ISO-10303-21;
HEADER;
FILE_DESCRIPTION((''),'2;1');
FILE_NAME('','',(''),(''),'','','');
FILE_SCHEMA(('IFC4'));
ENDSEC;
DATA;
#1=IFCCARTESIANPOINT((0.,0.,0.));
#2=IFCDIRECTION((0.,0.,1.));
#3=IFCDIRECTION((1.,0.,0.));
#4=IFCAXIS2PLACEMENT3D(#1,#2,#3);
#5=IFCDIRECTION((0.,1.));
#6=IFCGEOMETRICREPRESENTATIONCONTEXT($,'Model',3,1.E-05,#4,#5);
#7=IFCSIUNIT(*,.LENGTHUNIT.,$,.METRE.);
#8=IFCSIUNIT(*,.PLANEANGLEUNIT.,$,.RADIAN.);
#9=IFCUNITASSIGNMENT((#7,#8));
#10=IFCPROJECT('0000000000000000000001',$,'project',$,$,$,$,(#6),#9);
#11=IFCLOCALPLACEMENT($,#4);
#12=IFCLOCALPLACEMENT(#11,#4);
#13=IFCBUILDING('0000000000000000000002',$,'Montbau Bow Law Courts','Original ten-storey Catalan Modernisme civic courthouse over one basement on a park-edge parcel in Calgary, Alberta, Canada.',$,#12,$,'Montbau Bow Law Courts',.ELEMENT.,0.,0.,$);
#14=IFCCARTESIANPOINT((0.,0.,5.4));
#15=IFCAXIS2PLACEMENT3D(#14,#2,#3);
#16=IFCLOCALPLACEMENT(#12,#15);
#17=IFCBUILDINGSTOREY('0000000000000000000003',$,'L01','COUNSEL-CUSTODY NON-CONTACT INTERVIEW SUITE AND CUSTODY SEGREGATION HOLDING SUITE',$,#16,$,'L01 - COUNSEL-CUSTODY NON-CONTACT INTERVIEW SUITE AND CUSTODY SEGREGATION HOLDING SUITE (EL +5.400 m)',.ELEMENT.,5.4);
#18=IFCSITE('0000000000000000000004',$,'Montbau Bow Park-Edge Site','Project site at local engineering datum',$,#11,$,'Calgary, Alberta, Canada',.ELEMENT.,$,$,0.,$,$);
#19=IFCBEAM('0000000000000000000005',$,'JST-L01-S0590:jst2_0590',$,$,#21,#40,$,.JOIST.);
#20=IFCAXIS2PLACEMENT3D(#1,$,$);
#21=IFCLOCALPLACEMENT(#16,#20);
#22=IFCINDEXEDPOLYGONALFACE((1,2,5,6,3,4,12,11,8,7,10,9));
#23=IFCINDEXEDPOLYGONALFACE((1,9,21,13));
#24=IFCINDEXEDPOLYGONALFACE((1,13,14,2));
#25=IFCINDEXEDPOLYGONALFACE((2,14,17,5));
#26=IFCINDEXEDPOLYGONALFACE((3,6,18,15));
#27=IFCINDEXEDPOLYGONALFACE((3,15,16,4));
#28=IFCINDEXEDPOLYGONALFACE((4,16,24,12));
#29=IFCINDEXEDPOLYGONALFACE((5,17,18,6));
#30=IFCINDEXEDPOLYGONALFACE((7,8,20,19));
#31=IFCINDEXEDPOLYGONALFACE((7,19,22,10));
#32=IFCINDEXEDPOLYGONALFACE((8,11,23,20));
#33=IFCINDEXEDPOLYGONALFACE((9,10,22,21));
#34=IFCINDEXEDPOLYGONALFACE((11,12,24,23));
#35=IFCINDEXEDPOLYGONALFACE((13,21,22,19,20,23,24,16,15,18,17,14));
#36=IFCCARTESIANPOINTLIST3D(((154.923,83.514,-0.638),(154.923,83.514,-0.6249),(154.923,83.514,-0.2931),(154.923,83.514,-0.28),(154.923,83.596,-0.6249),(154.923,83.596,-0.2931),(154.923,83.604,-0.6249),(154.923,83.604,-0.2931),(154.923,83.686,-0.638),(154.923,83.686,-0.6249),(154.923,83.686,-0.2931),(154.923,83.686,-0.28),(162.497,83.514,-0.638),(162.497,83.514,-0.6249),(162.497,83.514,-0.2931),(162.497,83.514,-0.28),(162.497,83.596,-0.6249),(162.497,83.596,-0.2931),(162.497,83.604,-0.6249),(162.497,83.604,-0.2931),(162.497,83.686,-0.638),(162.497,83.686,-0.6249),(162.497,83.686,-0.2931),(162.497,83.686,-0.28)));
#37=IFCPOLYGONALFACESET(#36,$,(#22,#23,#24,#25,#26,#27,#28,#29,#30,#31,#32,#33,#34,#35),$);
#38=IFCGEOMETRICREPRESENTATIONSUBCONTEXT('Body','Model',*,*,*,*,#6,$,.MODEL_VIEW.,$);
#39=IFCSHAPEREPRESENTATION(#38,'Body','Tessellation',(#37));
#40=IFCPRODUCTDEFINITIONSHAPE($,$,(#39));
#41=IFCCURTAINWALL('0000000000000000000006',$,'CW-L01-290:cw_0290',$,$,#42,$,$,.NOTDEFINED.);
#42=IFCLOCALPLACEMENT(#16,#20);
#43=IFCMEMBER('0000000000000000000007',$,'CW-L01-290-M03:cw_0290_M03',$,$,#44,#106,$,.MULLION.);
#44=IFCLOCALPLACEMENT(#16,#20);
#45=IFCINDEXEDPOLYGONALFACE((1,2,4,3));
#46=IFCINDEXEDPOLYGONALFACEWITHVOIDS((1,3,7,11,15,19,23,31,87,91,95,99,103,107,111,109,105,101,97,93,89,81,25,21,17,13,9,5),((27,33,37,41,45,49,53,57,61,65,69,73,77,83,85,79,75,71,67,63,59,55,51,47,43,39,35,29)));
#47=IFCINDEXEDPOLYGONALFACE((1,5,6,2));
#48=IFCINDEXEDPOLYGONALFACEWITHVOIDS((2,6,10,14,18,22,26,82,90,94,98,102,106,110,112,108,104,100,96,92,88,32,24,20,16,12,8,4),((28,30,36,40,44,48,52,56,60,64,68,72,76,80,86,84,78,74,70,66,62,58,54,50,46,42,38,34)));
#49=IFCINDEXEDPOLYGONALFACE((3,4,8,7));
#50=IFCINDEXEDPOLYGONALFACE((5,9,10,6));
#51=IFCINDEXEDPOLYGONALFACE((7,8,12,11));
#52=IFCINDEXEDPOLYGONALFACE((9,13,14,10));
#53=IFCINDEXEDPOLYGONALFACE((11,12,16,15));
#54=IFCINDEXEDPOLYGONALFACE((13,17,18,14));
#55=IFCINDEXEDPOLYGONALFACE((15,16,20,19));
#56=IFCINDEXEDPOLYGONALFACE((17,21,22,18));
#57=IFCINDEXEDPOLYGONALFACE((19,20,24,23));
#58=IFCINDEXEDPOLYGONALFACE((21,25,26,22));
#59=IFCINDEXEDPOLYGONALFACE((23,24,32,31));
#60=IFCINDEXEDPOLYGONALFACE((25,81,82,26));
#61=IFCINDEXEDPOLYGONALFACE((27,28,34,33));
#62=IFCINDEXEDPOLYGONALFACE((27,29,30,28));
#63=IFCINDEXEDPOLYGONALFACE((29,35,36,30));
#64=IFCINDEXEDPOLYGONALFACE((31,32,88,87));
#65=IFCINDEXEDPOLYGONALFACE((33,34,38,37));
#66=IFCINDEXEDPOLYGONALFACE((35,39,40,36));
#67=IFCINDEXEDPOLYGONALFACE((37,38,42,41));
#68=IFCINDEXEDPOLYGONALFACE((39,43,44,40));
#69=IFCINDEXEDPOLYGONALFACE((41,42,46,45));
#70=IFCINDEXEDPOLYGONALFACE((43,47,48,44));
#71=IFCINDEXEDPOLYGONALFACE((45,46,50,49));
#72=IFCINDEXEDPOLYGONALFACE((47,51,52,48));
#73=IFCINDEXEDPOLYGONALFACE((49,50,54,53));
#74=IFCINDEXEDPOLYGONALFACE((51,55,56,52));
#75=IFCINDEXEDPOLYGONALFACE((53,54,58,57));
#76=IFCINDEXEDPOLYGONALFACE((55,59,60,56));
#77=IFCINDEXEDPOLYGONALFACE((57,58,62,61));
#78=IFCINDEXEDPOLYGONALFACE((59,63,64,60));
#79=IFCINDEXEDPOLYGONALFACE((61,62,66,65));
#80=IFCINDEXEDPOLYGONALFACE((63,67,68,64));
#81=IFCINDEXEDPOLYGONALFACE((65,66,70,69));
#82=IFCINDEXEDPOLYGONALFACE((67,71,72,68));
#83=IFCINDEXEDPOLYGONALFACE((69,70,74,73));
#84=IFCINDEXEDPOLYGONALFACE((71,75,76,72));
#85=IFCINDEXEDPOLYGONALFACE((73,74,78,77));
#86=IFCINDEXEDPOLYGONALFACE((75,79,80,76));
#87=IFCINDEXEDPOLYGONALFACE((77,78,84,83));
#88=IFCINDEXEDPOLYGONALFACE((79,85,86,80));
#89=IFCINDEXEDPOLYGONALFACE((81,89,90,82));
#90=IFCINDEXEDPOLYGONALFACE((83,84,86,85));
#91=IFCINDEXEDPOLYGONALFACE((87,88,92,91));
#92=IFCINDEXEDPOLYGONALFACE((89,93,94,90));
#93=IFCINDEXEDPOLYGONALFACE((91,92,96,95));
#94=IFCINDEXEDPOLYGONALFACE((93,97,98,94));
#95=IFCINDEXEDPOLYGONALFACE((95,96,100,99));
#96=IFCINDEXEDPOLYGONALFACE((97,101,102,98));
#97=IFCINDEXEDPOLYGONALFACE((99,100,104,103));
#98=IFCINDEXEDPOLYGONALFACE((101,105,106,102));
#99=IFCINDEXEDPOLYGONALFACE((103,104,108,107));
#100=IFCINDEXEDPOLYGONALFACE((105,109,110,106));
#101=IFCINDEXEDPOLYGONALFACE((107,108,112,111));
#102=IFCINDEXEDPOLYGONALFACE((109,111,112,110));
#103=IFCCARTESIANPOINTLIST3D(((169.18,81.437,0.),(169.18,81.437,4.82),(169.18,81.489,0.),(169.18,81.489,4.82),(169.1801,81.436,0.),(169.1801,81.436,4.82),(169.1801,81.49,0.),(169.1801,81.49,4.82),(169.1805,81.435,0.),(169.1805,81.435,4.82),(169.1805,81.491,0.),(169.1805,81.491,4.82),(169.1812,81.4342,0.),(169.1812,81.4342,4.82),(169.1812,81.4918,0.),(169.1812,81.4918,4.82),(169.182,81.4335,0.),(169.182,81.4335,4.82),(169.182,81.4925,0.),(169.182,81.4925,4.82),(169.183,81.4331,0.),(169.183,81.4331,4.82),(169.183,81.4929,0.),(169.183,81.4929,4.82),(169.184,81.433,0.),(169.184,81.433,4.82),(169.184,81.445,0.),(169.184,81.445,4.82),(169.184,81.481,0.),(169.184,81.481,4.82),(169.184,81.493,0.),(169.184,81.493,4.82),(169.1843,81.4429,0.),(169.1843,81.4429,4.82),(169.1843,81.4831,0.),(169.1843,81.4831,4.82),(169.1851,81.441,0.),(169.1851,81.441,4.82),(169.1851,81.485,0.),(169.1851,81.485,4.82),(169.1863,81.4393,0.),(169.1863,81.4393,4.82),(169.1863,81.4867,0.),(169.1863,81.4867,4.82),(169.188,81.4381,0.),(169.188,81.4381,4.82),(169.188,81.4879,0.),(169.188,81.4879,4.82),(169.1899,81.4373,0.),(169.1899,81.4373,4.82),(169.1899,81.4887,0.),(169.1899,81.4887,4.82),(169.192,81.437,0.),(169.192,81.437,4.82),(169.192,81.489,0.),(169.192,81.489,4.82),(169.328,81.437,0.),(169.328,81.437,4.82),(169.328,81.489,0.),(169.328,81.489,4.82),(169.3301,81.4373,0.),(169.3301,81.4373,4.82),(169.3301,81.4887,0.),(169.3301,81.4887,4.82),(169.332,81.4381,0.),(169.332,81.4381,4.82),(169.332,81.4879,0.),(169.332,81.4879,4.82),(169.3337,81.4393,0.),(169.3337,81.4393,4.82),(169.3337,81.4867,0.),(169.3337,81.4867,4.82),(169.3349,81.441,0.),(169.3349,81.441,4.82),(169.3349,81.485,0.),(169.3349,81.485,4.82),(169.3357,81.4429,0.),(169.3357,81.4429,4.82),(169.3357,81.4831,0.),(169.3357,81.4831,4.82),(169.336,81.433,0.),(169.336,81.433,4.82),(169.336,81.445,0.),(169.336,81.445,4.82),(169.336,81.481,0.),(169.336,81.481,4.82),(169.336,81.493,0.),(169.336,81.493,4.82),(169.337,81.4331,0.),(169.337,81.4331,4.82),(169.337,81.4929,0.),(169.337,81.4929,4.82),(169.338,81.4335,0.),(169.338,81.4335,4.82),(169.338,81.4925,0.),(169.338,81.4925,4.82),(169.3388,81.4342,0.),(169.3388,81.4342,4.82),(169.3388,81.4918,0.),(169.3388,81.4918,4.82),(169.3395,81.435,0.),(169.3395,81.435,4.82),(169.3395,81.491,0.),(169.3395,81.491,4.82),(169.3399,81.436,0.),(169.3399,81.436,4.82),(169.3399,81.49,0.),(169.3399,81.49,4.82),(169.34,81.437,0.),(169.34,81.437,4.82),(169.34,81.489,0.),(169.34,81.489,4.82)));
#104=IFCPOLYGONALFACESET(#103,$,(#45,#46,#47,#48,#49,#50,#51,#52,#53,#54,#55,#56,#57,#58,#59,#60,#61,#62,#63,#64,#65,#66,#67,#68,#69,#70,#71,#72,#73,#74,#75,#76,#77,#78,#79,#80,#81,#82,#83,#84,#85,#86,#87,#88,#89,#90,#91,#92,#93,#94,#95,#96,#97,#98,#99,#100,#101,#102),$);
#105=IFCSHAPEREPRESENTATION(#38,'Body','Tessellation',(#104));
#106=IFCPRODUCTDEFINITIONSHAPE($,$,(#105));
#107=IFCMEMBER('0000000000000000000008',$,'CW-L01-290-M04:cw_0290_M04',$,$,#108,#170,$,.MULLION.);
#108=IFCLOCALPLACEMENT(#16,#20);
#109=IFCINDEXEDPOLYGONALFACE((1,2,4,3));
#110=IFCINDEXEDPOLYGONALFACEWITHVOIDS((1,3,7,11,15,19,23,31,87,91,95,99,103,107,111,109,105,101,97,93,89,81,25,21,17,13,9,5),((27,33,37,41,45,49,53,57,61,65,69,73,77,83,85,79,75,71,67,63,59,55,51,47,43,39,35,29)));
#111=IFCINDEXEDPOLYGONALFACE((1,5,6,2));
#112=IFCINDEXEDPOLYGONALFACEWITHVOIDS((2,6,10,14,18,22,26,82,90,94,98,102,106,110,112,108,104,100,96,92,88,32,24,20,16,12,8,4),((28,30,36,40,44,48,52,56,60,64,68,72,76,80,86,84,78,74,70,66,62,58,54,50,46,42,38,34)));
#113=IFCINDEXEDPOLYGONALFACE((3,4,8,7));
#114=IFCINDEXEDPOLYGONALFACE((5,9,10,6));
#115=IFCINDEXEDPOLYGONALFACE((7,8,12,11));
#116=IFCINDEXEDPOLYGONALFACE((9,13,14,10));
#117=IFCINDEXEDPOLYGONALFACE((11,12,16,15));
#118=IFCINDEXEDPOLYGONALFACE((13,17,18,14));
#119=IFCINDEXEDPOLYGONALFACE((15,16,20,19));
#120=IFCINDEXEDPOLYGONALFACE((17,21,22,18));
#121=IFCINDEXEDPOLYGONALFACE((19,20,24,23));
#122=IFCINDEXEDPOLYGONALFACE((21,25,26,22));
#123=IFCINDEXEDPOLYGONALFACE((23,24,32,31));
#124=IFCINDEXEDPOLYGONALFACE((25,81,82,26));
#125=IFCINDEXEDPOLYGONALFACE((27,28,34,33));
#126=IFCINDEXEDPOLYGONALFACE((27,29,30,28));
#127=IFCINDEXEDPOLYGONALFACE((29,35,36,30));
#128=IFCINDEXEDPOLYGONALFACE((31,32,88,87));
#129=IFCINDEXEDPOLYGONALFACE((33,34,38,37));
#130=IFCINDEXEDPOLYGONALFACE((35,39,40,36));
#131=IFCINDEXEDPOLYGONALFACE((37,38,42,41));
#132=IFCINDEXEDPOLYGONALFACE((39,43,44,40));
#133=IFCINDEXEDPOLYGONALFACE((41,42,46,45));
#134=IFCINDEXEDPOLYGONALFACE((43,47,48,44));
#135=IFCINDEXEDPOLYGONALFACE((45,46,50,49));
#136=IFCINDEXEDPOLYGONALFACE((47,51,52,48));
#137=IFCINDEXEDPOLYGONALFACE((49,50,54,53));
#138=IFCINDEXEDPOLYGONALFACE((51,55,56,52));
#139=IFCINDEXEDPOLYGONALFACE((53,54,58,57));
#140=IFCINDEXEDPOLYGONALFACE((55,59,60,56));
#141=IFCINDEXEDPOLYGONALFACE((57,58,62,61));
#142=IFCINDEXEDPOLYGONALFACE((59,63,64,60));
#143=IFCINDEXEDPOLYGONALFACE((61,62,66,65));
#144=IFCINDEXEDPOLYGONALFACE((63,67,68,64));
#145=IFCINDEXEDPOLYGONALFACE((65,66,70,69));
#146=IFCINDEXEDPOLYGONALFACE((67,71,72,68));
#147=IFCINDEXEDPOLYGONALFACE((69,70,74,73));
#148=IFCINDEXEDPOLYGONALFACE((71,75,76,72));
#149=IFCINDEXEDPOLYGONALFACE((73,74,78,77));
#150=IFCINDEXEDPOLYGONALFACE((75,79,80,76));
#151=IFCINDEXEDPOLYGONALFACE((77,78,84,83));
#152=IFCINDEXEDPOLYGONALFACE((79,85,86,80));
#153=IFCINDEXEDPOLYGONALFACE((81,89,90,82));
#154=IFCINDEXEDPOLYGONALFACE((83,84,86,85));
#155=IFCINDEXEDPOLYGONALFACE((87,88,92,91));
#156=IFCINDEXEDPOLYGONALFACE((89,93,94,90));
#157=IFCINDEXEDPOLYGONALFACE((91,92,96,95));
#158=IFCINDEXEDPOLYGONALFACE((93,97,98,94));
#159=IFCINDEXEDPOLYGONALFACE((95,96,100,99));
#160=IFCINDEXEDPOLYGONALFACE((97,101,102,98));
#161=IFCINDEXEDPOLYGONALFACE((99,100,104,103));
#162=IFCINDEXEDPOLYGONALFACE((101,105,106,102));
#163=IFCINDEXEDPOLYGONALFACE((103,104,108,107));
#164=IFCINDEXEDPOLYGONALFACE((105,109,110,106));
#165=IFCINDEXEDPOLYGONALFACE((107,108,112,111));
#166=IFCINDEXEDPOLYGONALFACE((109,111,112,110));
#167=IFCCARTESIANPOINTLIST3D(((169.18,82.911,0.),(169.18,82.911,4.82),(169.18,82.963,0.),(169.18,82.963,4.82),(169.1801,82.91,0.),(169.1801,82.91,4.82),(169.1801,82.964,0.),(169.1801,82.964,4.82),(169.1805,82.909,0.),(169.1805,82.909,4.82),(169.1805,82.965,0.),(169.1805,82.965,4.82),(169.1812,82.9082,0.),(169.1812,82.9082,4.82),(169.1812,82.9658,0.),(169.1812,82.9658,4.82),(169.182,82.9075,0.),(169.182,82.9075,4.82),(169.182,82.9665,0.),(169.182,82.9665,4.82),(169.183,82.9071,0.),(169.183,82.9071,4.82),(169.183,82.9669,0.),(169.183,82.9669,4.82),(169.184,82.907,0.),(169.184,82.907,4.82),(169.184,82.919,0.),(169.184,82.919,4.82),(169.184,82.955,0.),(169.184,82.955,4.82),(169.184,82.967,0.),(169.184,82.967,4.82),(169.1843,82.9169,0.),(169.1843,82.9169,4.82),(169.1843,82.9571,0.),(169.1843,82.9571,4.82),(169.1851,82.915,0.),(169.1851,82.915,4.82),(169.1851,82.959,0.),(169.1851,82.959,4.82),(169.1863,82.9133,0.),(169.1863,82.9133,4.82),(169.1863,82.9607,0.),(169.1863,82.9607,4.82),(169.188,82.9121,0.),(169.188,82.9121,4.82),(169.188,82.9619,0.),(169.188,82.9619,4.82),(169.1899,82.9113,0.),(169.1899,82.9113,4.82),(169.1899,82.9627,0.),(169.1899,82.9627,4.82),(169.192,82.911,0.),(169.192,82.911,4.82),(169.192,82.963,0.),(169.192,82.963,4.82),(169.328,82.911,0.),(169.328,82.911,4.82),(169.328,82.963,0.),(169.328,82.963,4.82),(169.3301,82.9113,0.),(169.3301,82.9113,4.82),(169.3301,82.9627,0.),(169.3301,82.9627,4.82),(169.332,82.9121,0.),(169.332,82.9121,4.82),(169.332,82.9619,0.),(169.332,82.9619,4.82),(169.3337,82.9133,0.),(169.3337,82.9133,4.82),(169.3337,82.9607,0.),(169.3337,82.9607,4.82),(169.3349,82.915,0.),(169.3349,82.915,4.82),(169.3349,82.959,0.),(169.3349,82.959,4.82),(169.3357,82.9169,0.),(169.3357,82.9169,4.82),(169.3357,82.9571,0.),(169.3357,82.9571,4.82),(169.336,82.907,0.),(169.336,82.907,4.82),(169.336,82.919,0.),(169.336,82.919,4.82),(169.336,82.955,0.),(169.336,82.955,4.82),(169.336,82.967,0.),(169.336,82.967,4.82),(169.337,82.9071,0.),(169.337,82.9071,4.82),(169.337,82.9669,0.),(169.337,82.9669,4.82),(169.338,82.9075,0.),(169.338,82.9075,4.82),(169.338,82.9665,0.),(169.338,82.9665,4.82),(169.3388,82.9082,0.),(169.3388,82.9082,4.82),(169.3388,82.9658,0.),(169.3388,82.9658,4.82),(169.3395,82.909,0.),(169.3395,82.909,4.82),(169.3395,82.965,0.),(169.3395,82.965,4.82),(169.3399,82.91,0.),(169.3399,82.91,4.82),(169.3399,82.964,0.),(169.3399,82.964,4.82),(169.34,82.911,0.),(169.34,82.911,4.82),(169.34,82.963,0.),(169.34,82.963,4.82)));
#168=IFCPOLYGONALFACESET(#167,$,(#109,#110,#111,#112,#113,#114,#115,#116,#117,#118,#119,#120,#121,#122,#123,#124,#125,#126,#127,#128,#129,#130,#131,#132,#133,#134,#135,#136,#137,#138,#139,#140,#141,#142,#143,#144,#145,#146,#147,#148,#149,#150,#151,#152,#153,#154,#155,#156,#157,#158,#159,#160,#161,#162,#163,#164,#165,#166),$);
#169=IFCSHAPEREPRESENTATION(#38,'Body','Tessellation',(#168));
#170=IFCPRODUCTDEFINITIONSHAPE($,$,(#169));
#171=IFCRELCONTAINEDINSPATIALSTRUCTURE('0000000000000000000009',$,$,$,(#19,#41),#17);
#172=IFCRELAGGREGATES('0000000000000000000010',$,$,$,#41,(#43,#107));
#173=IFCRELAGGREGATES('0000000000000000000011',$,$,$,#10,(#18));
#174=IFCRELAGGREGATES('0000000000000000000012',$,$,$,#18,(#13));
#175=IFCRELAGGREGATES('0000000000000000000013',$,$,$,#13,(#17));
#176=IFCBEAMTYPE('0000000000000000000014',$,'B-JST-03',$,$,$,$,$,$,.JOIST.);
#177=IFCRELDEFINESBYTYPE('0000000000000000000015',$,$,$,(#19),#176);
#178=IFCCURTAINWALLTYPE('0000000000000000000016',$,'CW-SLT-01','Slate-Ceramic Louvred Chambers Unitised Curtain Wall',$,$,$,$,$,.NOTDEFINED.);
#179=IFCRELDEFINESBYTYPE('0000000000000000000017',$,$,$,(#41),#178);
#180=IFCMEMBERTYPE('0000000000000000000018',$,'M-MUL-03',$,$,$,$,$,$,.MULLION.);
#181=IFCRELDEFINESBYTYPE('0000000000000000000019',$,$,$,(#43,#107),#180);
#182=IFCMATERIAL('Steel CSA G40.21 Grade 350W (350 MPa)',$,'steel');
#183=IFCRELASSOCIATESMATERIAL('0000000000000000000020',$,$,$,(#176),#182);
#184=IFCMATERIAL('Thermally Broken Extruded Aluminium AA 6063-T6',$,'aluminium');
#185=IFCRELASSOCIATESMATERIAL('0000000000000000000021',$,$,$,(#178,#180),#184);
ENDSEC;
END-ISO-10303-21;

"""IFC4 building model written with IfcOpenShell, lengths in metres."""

from ifc_helpers import new_model, si_unit, direction, frame, origin_with_axes, origin_2d_with_axis, place, context, subcontext, project, spatial, hollow_rectangle, i_section, extrude, material, material_profile, profile_set, type_object, element, aggregate, save


model = new_model("IFC4")

# Units and contexts
model_context = context("Model", 3, precision=1e-05, world=origin_with_axes(), true_north=direction((0.0, 1.0)))
body_context = subcontext(model_context, "Body", "Model", "MODEL_VIEW")
ifc_project = project(units=[si_unit("LENGTHUNIT", "METRE"), si_unit("PLANEANGLEUNIT", "RADIAN")], contexts=[model_context])

# Site, building, storey
site_placement = place(None, origin_with_axes())
site = spatial("IfcSite", under=ifc_project, at=site_placement, Name="Montbau Bow Park-Edge Site", Description="Project site at local engineering datum", LongName="Calgary, Alberta, Canada", CompositionType="ELEMENT", RefElevation=0.0)
building_placement = place(site_placement, origin_with_axes())
building = spatial("IfcBuilding", under=site, at=building_placement, Name="Montbau Bow Law Courts", Description="Original ten-storey Catalan Modernisme civic courthouse over one basement on a park-edge parcel in Calgary, Alberta, Canada.", LongName="Montbau Bow Law Courts", CompositionType="ELEMENT", ElevationOfRefHeight=0.0, ElevationOfTerrain=0.0)
storey_placement = place(building_placement, frame((0.0, 0.0, 5.4), z_axis=(0.0, 0.0, 1.0), x_axis=(1.0, 0.0, 0.0)))
storey = spatial("IfcBuildingStorey", under=building, at=storey_placement, Name="L01", Description="COUNSEL-CUSTODY NON-CONTACT INTERVIEW SUITE AND CUSTODY SEGREGATION HOLDING SUITE", LongName="L01 - COUNSEL-CUSTODY NON-CONTACT INTERVIEW SUITE AND CUSTODY SEGREGATION HOLDING SUITE (EL +5.400 m)", CompositionType="ELEMENT", Elevation=5.4)

# Shared definitions
ifc_material_1 = material(Name="Steel CSA G40.21 Grade 350W (350 MPa)", Category="steel")

# Beam
ifc_material_profile_1 = material_profile(ifc_material_1, i_section(OverallWidth=0.172, OverallDepth=0.358, WebThickness=0.0079, FlangeThickness=0.0131, at=origin_2d_with_axis()), Name="W360X57", Category="Main", Priority=0)
ifc_profile_set_1 = profile_set([ifc_material_profile_1], Name="Steel CSA G40.21 Grade 350W (350 MPa)")
beam_type_1 = type_object("IfcBeamType", Name="B-JST-03", PredefinedType="JOIST", material=ifc_profile_set_1)
beam_1_placement = place(None, frame((154.923, 83.6, 4.941), z_axis=(1.0, 0.0, 0.0), x_axis=(0.0, 1.0, 0.0)))
element("IfcBeam", 1, at=beam_1_placement, inside=storey, type_object=beam_type_1, Name="JST-L01-S0590:jst2_0590", PredefinedType="JOIST", context=body_context, shape_type="SweptSolid", body=[
    extrude(i_section(OverallWidth=0.172, OverallDepth=0.358, WebThickness=0.0079, FlangeThickness=0.0131, at=origin_2d_with_axis()), origin_with_axes(), (0.0, 0.0, 1.0), 7.574),
])

# Curtain wall, members
ifc_material_2 = material(Name="Thermally Broken Extruded Aluminium AA 6063-T6", Category="aluminium")
curtain_wall_type = type_object("IfcCurtainWallType", Name="CW-SLT-01", Description="Slate-Ceramic Louvred Chambers Unitised Curtain Wall", PredefinedType="NOTDEFINED", material=ifc_material_2)
curtain_wall_placement = place(None, frame((169.26, 78.515, 5.4), z_axis=(0.0, 0.0, 1.0), x_axis=(1.0, 0.0, 0.0)))
curtain_wall = element("IfcCurtainWall", 2, at=curtain_wall_placement, inside=storey, type_object=curtain_wall_type, Name="CW-L01-290:cw_0290", PredefinedType="NOTDEFINED")
ifc_material_profile_2 = material_profile(ifc_material_2, hollow_rectangle(XDim=0.06, YDim=0.16, WallThickness=0.004, InnerFilletRadius=0.008, OuterFilletRadius=0.004, at=origin_2d_with_axis()), Name="CWM-160X60", Category="Main", Priority=0)
ifc_profile_set_2 = profile_set([ifc_material_profile_2], Name="Thermally Broken Extruded Aluminium AA 6063-T6")
member_type_1 = type_object("IfcMemberType", Name="M-MUL-03", PredefinedType="MULLION", material=ifc_profile_set_2)
member_1_placement = place(None, frame((169.26, 81.463, 5.4), z_axis=(0.0, 0.0, 1.0), x_axis=(0.0, 1.0, 0.0)))
member_1 = element("IfcMember", 3, at=member_1_placement, type_object=member_type_1, Name="CW-L01-290-M03:cw_0290_M03", PredefinedType="MULLION", context=body_context, shape_type="SweptSolid", body=[
    extrude(hollow_rectangle(XDim=0.06, YDim=0.16, WallThickness=0.004, InnerFilletRadius=0.008, OuterFilletRadius=0.004, at=origin_2d_with_axis()), origin_with_axes(), (0.0, 0.0, 1.0), 4.82),
])
member_2_placement = place(None, frame((169.26, 82.937, 5.4), z_axis=(0.0, 0.0, 1.0), x_axis=(0.0, 1.0, 0.0)))
member_2 = element("IfcMember", 4, at=member_2_placement, type_object=member_type_1, Name="CW-L01-290-M04:cw_0290_M04", PredefinedType="MULLION", context=body_context, shape_type="SweptSolid", body=[
    extrude(hollow_rectangle(XDim=0.06, YDim=0.16, WallThickness=0.004, InnerFilletRadius=0.008, OuterFilletRadius=0.004, at=origin_2d_with_axis()), origin_with_axes(), (0.0, 0.0, 1.0), 4.82),
])
aggregate(curtain_wall, [member_1, member_2])

save(model, "model.ifc")
